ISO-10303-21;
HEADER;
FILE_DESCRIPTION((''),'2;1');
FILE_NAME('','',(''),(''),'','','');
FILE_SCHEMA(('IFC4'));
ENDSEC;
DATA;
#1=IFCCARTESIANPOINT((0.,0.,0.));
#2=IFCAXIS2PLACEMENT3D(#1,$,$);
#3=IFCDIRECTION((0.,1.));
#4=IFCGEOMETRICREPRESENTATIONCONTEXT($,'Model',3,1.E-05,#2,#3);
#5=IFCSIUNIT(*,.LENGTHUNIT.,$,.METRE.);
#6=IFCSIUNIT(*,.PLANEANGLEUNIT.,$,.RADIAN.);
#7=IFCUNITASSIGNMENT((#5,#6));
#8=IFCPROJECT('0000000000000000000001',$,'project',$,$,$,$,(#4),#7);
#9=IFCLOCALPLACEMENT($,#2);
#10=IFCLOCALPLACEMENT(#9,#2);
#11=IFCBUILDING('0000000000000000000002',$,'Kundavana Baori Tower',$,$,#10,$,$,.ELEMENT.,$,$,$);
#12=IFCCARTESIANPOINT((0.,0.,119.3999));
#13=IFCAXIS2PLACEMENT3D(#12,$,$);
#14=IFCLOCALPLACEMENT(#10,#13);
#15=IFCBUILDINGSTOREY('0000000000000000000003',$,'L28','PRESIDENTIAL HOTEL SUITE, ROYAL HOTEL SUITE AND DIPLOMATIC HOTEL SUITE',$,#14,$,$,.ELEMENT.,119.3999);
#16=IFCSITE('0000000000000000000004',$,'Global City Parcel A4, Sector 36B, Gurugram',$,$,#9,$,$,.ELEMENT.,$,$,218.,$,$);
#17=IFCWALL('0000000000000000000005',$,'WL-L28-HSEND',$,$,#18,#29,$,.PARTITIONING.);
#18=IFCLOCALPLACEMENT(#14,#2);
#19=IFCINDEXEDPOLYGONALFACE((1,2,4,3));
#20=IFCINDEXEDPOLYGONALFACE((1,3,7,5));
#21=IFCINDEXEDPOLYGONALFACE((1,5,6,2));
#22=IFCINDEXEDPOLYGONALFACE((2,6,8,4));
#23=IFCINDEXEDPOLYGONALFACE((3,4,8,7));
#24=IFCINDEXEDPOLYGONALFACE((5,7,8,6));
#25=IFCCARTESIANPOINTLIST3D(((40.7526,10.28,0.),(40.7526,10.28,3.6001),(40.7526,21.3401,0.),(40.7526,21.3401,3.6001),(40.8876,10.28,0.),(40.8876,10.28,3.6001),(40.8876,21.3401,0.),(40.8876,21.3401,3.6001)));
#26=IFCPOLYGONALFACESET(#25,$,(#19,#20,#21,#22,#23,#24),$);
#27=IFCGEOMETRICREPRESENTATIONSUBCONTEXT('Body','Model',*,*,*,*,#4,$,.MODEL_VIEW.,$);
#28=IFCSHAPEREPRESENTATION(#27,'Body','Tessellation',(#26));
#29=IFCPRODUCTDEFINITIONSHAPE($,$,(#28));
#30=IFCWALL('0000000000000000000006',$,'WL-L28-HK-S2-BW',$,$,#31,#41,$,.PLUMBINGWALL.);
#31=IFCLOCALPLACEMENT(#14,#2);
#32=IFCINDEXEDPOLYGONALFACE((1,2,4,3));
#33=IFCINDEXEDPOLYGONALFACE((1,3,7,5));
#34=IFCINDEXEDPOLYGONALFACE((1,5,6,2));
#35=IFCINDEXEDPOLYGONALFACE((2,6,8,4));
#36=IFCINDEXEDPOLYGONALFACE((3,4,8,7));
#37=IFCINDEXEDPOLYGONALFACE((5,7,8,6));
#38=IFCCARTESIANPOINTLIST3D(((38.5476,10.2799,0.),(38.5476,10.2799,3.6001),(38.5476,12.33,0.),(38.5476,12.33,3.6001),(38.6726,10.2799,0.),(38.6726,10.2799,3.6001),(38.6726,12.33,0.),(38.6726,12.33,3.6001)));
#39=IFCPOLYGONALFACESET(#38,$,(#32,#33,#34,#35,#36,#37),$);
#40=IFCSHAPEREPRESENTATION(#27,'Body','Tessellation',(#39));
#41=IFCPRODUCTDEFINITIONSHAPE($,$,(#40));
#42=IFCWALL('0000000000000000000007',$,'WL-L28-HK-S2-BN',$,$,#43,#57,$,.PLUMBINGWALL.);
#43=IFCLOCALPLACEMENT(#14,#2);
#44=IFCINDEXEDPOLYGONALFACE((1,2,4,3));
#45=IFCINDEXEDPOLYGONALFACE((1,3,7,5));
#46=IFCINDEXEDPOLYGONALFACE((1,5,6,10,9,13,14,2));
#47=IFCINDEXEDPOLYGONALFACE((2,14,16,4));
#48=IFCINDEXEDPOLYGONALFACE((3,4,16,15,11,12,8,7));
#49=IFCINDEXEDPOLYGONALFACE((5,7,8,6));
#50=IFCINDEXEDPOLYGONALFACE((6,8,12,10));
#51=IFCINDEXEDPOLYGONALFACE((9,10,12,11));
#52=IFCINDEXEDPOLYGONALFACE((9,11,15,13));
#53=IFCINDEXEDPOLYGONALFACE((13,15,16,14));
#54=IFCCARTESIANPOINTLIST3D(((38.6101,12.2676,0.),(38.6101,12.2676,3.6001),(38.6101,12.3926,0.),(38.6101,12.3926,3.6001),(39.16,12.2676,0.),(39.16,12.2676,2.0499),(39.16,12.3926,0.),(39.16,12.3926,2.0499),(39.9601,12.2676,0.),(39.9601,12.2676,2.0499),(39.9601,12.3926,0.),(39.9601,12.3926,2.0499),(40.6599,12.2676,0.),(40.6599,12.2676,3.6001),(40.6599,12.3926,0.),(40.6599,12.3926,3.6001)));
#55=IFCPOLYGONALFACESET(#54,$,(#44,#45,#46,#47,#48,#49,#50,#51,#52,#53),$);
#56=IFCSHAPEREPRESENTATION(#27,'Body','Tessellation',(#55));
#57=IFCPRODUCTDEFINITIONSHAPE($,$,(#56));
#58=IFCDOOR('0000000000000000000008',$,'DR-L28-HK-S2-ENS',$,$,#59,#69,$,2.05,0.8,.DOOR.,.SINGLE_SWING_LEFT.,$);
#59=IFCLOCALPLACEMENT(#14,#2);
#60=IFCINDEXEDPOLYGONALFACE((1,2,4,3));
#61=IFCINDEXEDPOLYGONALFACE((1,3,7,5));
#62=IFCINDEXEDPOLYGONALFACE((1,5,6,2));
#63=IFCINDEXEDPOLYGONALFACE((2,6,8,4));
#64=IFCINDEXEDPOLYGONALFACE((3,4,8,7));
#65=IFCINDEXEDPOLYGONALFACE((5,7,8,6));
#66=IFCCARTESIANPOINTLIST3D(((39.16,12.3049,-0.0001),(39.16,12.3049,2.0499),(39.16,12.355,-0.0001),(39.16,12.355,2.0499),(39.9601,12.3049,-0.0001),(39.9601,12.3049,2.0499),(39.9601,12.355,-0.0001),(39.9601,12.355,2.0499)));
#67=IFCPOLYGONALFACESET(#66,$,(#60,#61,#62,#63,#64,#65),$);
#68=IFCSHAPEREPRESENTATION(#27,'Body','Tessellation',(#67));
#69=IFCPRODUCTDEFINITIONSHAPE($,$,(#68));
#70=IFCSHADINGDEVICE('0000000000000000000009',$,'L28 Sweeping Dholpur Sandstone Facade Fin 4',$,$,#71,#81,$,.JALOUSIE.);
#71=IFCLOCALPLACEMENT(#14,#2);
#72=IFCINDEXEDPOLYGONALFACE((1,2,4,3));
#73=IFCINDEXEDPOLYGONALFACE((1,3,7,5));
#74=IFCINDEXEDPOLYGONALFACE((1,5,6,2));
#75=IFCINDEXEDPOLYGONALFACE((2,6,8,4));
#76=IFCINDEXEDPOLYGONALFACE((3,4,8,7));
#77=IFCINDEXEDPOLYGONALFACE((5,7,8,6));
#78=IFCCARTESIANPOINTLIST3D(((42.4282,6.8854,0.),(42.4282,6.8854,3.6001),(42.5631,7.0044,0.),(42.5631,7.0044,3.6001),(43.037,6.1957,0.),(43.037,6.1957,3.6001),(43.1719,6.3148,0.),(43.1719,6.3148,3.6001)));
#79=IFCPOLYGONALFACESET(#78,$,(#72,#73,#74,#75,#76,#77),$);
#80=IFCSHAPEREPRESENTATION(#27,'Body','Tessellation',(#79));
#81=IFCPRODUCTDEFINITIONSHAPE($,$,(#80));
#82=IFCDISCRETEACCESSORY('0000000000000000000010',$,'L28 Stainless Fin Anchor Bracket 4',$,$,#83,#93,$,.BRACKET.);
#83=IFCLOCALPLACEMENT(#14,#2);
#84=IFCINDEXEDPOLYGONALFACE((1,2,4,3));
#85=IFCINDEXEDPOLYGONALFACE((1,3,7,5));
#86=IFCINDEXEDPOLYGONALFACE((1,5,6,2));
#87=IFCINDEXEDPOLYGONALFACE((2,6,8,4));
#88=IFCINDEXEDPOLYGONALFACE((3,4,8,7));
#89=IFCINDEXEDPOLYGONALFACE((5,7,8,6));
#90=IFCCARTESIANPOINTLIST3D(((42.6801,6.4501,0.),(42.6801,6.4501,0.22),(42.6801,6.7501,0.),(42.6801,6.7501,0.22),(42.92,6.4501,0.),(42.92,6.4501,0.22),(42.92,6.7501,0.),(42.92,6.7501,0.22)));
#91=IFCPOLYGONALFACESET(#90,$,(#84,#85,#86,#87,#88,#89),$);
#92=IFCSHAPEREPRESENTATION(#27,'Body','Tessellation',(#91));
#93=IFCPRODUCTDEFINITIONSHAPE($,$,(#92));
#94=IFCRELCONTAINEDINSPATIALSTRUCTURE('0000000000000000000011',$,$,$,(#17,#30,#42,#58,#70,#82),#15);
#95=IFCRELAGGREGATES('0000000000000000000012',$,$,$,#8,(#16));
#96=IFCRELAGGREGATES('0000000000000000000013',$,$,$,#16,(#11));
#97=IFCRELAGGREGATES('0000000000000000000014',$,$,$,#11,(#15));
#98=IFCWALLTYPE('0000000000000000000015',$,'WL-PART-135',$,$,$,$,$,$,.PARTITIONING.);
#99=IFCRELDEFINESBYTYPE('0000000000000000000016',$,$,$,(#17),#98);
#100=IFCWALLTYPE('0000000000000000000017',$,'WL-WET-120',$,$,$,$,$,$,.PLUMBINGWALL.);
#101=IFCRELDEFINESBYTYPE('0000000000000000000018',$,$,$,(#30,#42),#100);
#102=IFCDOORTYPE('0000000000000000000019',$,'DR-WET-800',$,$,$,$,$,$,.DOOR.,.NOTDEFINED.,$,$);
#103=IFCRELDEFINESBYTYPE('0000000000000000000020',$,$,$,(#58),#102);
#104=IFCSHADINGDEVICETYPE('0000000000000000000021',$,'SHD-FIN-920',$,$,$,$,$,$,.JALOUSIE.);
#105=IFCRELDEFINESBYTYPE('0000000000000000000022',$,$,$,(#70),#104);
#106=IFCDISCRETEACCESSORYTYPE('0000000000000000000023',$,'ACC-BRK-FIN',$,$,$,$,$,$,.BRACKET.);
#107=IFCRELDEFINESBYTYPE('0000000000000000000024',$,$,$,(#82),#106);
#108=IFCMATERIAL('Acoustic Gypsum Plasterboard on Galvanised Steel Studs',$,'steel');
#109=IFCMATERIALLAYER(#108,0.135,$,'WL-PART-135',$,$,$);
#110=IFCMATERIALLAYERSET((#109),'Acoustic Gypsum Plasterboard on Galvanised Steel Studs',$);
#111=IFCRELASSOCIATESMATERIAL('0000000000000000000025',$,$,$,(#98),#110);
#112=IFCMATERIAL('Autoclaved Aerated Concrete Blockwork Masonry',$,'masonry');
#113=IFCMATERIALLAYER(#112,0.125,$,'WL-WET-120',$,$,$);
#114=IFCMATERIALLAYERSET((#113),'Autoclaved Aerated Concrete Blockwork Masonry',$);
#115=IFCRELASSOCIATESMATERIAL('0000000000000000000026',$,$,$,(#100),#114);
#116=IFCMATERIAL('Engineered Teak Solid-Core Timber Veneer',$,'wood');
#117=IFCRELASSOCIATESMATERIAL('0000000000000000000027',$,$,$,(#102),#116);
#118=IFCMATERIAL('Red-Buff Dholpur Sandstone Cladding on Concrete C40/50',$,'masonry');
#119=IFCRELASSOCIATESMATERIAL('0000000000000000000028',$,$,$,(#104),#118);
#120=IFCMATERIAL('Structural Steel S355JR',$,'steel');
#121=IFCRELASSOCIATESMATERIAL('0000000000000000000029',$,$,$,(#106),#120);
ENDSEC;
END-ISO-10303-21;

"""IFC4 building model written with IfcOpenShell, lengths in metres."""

from ifc_helpers import new_model, si_unit, direction, frame, frame_2d, origin, origin_2d, place, context, subcontext, project, spatial, rectangle, extrude, material, layer, layer_set, type_object, element, fill, save


model = new_model("IFC4")

# Units and contexts
model_context = context("Model", 3, precision=1e-05, world=origin(), true_north=direction((0.0, 1.0)))
body_context = subcontext(model_context, "Body", "Model", "MODEL_VIEW")
ifc_project = project(units=[si_unit("LENGTHUNIT", "METRE"), si_unit("PLANEANGLEUNIT", "RADIAN")], contexts=[model_context])

# Site, building, storey
site_placement = place(None, origin())
site = spatial("IfcSite", under=ifc_project, at=site_placement, Name="Global City Parcel A4, Sector 36B, Gurugram", CompositionType="ELEMENT", RefElevation=218.0)
building_placement = place(site_placement, origin())
building = spatial("IfcBuilding", under=site, at=building_placement, Name="Kundavana Baori Tower", CompositionType="ELEMENT")
storey_placement = place(building_placement, frame((0.0, 0.0, 119.3999)))
storey = spatial("IfcBuildingStorey", under=building, at=storey_placement, Name="L28", Description="PRESIDENTIAL HOTEL SUITE, ROYAL HOTEL SUITE AND DIPLOMATIC HOTEL SUITE", CompositionType="ELEMENT", Elevation=119.3999)

# Walls
ifc_material_1 = material(Name="Acoustic Gypsum Plasterboard on Galvanised Steel Studs", Category="steel")
ifc_layer_1 = layer(ifc_material_1, 0.135, Name="WL-PART-135")
ifc_layer_set_1 = layer_set([ifc_layer_1], Name="Acoustic Gypsum Plasterboard on Galvanised Steel Studs")
wall_type_1 = type_object("IfcWallType", Name="WL-PART-135", PredefinedType="PARTITIONING", material=ifc_layer_set_1)
wall_1_placement = place(storey_placement, frame((40.8201, 10.28, 0.0), z_axis=(0.0, 0.0, 1.0), x_axis=(0.0, 1.0, 0.0)))
element("IfcWall", 1, at=wall_1_placement, inside=storey, type_object=wall_type_1, Name="WL-L28-HSEND", PredefinedType="PARTITIONING", context=body_context, shape_type="SweptSolid", body=[
    extrude(rectangle(XDim=11.0601, YDim=0.135, at=frame_2d((5.53, 0.0))), origin(), (0.0, 0.0, 1.0), 3.6001),
])
ifc_material_2 = material(Name="Autoclaved Aerated Concrete Blockwork Masonry", Category="masonry")
ifc_layer_2 = layer(ifc_material_2, 0.125, Name="WL-WET-120")
ifc_layer_set_2 = layer_set([ifc_layer_2], Name="Autoclaved Aerated Concrete Blockwork Masonry")
wall_type_2 = type_object("IfcWallType", Name="WL-WET-120", PredefinedType="PLUMBINGWALL", material=ifc_layer_set_2)
wall_2_placement = place(storey_placement, frame((38.6101, 10.28, 0.0), z_axis=(0.0, 0.0, 1.0), x_axis=(0.0, 1.0, 0.0)))
element("IfcWall", 2, at=wall_2_placement, inside=storey, type_object=wall_type_2, Name="WL-L28-HK-S2-BW", PredefinedType="PLUMBINGWALL", context=body_context, shape_type="SweptSolid", body=[
    extrude(rectangle(XDim=2.05, YDim=0.125, at=frame_2d((1.0249, 0.0))), origin(), (0.0, 0.0, 1.0), 3.6001),
])

# Wall, opening, door
wall_3_placement = place(storey_placement, frame((38.6101, 12.3301, 0.0), z_axis=(0.0, 0.0, 1.0), x_axis=(1.0, 0.0, 0.0)))
wall_3 = element("IfcWall", 3, at=wall_3_placement, inside=storey, type_object=wall_type_2, Name="WL-L28-HK-S2-BN", PredefinedType="PLUMBINGWALL", context=body_context, shape_type="SweptSolid", body=[
    extrude(rectangle(XDim=2.0498, YDim=0.125, at=frame_2d((1.0249, 0.0))), origin(), (0.0, 0.0, 1.0), 3.6001),
])
opening_1_placement = place(wall_3_placement, frame((0.55, 0.0, 0.0)))
opening_1 = element("IfcOpeningElement", 4, at=opening_1_placement, cuts=wall_3, PredefinedType="OPENING", context=body_context, shape_type="SweptSolid", body=[
    extrude(rectangle(XDim=0.8, YDim=2.05, at=frame_2d((0.3999, 1.0249))), frame((0.0, 0.0725, 0.0), z_axis=(0.0, -1.0, 0.0), x_axis=(1.0, 0.0, 0.0)), (0.0, 0.0, 1.0), 0.145),
])
ifc_material_3 = material(Name="Engineered Teak Solid-Core Timber Veneer", Category="wood")
door_type_1 = type_object("IfcDoorType", Name="DR-WET-800", OperationType="NOTDEFINED", PredefinedType="DOOR", material=ifc_material_3)
door_1_placement = place(opening_1_placement, origin())
door_1 = element("IfcDoor", 5, at=door_1_placement, inside=storey, type_object=door_type_1, Name="DR-L28-HK-S2-ENS", OperationType="SINGLE_SWING_LEFT", OverallHeight=2.05, OverallWidth=0.8, PredefinedType="DOOR", context=body_context, shape_type="SweptSolid", body=[
    extrude(rectangle(XDim=0.8, YDim=2.05, at=frame_2d((0.3999, 1.0249))), frame((0.0, 0.0249, 0.0), z_axis=(0.0, -1.0, 0.0), x_axis=(1.0, 0.0, 0.0)), (0.0, 0.0, 1.0), 0.05),
])
fill(opening_1, door_1)

# Shading device
ifc_material_4 = material(Name="Red-Buff Dholpur Sandstone Cladding on Concrete C40/50", Category="masonry")
shading_device_type = type_object("IfcShadingDeviceType", Name="SHD-FIN-920", PredefinedType="JALOUSIE", material=ifc_material_4)
shading_device_placement = place(storey_placement, frame((42.8, 6.6001, 0.0), z_axis=(0.0, 0.0, 1.0), x_axis=(0.749649, 0.661835, 0.0)))
element("IfcShadingDevice", 6, at=shading_device_placement, inside=storey, type_object=shading_device_type, Name="L28 Sweeping Dholpur Sandstone Facade Fin 4", PredefinedType="JALOUSIE", context=body_context, shape_type="SweptSolid", body=[
    extrude(rectangle(XDim=0.1799, YDim=0.9199, at=origin_2d()), origin(), (0.0, 0.0, 1.0), 3.6001),
])

# Discrete accessory
ifc_material_5 = material(Name="Structural Steel S355JR", Category="steel")
discrete_accessory_type = type_object("IfcDiscreteAccessoryType", Name="ACC-BRK-FIN", PredefinedType="BRACKET", material=ifc_material_5)
discrete_accessory_placement = place(storey_placement, frame((42.8, 6.6001, 0.0), z_axis=(0.0, 0.0, 1.0), x_axis=(1.0, 0.0, 0.0)))
element("IfcDiscreteAccessory", 7, at=discrete_accessory_placement, inside=storey, type_object=discrete_accessory_type, Name="L28 Stainless Fin Anchor Bracket 4", PredefinedType="BRACKET", context=body_context, shape_type="SweptSolid", body=[
    extrude(rectangle(XDim=0.24, YDim=0.3, at=origin_2d()), origin(), (0.0, 0.0, 1.0), 0.22),
])

save(model, "model.ifc")
